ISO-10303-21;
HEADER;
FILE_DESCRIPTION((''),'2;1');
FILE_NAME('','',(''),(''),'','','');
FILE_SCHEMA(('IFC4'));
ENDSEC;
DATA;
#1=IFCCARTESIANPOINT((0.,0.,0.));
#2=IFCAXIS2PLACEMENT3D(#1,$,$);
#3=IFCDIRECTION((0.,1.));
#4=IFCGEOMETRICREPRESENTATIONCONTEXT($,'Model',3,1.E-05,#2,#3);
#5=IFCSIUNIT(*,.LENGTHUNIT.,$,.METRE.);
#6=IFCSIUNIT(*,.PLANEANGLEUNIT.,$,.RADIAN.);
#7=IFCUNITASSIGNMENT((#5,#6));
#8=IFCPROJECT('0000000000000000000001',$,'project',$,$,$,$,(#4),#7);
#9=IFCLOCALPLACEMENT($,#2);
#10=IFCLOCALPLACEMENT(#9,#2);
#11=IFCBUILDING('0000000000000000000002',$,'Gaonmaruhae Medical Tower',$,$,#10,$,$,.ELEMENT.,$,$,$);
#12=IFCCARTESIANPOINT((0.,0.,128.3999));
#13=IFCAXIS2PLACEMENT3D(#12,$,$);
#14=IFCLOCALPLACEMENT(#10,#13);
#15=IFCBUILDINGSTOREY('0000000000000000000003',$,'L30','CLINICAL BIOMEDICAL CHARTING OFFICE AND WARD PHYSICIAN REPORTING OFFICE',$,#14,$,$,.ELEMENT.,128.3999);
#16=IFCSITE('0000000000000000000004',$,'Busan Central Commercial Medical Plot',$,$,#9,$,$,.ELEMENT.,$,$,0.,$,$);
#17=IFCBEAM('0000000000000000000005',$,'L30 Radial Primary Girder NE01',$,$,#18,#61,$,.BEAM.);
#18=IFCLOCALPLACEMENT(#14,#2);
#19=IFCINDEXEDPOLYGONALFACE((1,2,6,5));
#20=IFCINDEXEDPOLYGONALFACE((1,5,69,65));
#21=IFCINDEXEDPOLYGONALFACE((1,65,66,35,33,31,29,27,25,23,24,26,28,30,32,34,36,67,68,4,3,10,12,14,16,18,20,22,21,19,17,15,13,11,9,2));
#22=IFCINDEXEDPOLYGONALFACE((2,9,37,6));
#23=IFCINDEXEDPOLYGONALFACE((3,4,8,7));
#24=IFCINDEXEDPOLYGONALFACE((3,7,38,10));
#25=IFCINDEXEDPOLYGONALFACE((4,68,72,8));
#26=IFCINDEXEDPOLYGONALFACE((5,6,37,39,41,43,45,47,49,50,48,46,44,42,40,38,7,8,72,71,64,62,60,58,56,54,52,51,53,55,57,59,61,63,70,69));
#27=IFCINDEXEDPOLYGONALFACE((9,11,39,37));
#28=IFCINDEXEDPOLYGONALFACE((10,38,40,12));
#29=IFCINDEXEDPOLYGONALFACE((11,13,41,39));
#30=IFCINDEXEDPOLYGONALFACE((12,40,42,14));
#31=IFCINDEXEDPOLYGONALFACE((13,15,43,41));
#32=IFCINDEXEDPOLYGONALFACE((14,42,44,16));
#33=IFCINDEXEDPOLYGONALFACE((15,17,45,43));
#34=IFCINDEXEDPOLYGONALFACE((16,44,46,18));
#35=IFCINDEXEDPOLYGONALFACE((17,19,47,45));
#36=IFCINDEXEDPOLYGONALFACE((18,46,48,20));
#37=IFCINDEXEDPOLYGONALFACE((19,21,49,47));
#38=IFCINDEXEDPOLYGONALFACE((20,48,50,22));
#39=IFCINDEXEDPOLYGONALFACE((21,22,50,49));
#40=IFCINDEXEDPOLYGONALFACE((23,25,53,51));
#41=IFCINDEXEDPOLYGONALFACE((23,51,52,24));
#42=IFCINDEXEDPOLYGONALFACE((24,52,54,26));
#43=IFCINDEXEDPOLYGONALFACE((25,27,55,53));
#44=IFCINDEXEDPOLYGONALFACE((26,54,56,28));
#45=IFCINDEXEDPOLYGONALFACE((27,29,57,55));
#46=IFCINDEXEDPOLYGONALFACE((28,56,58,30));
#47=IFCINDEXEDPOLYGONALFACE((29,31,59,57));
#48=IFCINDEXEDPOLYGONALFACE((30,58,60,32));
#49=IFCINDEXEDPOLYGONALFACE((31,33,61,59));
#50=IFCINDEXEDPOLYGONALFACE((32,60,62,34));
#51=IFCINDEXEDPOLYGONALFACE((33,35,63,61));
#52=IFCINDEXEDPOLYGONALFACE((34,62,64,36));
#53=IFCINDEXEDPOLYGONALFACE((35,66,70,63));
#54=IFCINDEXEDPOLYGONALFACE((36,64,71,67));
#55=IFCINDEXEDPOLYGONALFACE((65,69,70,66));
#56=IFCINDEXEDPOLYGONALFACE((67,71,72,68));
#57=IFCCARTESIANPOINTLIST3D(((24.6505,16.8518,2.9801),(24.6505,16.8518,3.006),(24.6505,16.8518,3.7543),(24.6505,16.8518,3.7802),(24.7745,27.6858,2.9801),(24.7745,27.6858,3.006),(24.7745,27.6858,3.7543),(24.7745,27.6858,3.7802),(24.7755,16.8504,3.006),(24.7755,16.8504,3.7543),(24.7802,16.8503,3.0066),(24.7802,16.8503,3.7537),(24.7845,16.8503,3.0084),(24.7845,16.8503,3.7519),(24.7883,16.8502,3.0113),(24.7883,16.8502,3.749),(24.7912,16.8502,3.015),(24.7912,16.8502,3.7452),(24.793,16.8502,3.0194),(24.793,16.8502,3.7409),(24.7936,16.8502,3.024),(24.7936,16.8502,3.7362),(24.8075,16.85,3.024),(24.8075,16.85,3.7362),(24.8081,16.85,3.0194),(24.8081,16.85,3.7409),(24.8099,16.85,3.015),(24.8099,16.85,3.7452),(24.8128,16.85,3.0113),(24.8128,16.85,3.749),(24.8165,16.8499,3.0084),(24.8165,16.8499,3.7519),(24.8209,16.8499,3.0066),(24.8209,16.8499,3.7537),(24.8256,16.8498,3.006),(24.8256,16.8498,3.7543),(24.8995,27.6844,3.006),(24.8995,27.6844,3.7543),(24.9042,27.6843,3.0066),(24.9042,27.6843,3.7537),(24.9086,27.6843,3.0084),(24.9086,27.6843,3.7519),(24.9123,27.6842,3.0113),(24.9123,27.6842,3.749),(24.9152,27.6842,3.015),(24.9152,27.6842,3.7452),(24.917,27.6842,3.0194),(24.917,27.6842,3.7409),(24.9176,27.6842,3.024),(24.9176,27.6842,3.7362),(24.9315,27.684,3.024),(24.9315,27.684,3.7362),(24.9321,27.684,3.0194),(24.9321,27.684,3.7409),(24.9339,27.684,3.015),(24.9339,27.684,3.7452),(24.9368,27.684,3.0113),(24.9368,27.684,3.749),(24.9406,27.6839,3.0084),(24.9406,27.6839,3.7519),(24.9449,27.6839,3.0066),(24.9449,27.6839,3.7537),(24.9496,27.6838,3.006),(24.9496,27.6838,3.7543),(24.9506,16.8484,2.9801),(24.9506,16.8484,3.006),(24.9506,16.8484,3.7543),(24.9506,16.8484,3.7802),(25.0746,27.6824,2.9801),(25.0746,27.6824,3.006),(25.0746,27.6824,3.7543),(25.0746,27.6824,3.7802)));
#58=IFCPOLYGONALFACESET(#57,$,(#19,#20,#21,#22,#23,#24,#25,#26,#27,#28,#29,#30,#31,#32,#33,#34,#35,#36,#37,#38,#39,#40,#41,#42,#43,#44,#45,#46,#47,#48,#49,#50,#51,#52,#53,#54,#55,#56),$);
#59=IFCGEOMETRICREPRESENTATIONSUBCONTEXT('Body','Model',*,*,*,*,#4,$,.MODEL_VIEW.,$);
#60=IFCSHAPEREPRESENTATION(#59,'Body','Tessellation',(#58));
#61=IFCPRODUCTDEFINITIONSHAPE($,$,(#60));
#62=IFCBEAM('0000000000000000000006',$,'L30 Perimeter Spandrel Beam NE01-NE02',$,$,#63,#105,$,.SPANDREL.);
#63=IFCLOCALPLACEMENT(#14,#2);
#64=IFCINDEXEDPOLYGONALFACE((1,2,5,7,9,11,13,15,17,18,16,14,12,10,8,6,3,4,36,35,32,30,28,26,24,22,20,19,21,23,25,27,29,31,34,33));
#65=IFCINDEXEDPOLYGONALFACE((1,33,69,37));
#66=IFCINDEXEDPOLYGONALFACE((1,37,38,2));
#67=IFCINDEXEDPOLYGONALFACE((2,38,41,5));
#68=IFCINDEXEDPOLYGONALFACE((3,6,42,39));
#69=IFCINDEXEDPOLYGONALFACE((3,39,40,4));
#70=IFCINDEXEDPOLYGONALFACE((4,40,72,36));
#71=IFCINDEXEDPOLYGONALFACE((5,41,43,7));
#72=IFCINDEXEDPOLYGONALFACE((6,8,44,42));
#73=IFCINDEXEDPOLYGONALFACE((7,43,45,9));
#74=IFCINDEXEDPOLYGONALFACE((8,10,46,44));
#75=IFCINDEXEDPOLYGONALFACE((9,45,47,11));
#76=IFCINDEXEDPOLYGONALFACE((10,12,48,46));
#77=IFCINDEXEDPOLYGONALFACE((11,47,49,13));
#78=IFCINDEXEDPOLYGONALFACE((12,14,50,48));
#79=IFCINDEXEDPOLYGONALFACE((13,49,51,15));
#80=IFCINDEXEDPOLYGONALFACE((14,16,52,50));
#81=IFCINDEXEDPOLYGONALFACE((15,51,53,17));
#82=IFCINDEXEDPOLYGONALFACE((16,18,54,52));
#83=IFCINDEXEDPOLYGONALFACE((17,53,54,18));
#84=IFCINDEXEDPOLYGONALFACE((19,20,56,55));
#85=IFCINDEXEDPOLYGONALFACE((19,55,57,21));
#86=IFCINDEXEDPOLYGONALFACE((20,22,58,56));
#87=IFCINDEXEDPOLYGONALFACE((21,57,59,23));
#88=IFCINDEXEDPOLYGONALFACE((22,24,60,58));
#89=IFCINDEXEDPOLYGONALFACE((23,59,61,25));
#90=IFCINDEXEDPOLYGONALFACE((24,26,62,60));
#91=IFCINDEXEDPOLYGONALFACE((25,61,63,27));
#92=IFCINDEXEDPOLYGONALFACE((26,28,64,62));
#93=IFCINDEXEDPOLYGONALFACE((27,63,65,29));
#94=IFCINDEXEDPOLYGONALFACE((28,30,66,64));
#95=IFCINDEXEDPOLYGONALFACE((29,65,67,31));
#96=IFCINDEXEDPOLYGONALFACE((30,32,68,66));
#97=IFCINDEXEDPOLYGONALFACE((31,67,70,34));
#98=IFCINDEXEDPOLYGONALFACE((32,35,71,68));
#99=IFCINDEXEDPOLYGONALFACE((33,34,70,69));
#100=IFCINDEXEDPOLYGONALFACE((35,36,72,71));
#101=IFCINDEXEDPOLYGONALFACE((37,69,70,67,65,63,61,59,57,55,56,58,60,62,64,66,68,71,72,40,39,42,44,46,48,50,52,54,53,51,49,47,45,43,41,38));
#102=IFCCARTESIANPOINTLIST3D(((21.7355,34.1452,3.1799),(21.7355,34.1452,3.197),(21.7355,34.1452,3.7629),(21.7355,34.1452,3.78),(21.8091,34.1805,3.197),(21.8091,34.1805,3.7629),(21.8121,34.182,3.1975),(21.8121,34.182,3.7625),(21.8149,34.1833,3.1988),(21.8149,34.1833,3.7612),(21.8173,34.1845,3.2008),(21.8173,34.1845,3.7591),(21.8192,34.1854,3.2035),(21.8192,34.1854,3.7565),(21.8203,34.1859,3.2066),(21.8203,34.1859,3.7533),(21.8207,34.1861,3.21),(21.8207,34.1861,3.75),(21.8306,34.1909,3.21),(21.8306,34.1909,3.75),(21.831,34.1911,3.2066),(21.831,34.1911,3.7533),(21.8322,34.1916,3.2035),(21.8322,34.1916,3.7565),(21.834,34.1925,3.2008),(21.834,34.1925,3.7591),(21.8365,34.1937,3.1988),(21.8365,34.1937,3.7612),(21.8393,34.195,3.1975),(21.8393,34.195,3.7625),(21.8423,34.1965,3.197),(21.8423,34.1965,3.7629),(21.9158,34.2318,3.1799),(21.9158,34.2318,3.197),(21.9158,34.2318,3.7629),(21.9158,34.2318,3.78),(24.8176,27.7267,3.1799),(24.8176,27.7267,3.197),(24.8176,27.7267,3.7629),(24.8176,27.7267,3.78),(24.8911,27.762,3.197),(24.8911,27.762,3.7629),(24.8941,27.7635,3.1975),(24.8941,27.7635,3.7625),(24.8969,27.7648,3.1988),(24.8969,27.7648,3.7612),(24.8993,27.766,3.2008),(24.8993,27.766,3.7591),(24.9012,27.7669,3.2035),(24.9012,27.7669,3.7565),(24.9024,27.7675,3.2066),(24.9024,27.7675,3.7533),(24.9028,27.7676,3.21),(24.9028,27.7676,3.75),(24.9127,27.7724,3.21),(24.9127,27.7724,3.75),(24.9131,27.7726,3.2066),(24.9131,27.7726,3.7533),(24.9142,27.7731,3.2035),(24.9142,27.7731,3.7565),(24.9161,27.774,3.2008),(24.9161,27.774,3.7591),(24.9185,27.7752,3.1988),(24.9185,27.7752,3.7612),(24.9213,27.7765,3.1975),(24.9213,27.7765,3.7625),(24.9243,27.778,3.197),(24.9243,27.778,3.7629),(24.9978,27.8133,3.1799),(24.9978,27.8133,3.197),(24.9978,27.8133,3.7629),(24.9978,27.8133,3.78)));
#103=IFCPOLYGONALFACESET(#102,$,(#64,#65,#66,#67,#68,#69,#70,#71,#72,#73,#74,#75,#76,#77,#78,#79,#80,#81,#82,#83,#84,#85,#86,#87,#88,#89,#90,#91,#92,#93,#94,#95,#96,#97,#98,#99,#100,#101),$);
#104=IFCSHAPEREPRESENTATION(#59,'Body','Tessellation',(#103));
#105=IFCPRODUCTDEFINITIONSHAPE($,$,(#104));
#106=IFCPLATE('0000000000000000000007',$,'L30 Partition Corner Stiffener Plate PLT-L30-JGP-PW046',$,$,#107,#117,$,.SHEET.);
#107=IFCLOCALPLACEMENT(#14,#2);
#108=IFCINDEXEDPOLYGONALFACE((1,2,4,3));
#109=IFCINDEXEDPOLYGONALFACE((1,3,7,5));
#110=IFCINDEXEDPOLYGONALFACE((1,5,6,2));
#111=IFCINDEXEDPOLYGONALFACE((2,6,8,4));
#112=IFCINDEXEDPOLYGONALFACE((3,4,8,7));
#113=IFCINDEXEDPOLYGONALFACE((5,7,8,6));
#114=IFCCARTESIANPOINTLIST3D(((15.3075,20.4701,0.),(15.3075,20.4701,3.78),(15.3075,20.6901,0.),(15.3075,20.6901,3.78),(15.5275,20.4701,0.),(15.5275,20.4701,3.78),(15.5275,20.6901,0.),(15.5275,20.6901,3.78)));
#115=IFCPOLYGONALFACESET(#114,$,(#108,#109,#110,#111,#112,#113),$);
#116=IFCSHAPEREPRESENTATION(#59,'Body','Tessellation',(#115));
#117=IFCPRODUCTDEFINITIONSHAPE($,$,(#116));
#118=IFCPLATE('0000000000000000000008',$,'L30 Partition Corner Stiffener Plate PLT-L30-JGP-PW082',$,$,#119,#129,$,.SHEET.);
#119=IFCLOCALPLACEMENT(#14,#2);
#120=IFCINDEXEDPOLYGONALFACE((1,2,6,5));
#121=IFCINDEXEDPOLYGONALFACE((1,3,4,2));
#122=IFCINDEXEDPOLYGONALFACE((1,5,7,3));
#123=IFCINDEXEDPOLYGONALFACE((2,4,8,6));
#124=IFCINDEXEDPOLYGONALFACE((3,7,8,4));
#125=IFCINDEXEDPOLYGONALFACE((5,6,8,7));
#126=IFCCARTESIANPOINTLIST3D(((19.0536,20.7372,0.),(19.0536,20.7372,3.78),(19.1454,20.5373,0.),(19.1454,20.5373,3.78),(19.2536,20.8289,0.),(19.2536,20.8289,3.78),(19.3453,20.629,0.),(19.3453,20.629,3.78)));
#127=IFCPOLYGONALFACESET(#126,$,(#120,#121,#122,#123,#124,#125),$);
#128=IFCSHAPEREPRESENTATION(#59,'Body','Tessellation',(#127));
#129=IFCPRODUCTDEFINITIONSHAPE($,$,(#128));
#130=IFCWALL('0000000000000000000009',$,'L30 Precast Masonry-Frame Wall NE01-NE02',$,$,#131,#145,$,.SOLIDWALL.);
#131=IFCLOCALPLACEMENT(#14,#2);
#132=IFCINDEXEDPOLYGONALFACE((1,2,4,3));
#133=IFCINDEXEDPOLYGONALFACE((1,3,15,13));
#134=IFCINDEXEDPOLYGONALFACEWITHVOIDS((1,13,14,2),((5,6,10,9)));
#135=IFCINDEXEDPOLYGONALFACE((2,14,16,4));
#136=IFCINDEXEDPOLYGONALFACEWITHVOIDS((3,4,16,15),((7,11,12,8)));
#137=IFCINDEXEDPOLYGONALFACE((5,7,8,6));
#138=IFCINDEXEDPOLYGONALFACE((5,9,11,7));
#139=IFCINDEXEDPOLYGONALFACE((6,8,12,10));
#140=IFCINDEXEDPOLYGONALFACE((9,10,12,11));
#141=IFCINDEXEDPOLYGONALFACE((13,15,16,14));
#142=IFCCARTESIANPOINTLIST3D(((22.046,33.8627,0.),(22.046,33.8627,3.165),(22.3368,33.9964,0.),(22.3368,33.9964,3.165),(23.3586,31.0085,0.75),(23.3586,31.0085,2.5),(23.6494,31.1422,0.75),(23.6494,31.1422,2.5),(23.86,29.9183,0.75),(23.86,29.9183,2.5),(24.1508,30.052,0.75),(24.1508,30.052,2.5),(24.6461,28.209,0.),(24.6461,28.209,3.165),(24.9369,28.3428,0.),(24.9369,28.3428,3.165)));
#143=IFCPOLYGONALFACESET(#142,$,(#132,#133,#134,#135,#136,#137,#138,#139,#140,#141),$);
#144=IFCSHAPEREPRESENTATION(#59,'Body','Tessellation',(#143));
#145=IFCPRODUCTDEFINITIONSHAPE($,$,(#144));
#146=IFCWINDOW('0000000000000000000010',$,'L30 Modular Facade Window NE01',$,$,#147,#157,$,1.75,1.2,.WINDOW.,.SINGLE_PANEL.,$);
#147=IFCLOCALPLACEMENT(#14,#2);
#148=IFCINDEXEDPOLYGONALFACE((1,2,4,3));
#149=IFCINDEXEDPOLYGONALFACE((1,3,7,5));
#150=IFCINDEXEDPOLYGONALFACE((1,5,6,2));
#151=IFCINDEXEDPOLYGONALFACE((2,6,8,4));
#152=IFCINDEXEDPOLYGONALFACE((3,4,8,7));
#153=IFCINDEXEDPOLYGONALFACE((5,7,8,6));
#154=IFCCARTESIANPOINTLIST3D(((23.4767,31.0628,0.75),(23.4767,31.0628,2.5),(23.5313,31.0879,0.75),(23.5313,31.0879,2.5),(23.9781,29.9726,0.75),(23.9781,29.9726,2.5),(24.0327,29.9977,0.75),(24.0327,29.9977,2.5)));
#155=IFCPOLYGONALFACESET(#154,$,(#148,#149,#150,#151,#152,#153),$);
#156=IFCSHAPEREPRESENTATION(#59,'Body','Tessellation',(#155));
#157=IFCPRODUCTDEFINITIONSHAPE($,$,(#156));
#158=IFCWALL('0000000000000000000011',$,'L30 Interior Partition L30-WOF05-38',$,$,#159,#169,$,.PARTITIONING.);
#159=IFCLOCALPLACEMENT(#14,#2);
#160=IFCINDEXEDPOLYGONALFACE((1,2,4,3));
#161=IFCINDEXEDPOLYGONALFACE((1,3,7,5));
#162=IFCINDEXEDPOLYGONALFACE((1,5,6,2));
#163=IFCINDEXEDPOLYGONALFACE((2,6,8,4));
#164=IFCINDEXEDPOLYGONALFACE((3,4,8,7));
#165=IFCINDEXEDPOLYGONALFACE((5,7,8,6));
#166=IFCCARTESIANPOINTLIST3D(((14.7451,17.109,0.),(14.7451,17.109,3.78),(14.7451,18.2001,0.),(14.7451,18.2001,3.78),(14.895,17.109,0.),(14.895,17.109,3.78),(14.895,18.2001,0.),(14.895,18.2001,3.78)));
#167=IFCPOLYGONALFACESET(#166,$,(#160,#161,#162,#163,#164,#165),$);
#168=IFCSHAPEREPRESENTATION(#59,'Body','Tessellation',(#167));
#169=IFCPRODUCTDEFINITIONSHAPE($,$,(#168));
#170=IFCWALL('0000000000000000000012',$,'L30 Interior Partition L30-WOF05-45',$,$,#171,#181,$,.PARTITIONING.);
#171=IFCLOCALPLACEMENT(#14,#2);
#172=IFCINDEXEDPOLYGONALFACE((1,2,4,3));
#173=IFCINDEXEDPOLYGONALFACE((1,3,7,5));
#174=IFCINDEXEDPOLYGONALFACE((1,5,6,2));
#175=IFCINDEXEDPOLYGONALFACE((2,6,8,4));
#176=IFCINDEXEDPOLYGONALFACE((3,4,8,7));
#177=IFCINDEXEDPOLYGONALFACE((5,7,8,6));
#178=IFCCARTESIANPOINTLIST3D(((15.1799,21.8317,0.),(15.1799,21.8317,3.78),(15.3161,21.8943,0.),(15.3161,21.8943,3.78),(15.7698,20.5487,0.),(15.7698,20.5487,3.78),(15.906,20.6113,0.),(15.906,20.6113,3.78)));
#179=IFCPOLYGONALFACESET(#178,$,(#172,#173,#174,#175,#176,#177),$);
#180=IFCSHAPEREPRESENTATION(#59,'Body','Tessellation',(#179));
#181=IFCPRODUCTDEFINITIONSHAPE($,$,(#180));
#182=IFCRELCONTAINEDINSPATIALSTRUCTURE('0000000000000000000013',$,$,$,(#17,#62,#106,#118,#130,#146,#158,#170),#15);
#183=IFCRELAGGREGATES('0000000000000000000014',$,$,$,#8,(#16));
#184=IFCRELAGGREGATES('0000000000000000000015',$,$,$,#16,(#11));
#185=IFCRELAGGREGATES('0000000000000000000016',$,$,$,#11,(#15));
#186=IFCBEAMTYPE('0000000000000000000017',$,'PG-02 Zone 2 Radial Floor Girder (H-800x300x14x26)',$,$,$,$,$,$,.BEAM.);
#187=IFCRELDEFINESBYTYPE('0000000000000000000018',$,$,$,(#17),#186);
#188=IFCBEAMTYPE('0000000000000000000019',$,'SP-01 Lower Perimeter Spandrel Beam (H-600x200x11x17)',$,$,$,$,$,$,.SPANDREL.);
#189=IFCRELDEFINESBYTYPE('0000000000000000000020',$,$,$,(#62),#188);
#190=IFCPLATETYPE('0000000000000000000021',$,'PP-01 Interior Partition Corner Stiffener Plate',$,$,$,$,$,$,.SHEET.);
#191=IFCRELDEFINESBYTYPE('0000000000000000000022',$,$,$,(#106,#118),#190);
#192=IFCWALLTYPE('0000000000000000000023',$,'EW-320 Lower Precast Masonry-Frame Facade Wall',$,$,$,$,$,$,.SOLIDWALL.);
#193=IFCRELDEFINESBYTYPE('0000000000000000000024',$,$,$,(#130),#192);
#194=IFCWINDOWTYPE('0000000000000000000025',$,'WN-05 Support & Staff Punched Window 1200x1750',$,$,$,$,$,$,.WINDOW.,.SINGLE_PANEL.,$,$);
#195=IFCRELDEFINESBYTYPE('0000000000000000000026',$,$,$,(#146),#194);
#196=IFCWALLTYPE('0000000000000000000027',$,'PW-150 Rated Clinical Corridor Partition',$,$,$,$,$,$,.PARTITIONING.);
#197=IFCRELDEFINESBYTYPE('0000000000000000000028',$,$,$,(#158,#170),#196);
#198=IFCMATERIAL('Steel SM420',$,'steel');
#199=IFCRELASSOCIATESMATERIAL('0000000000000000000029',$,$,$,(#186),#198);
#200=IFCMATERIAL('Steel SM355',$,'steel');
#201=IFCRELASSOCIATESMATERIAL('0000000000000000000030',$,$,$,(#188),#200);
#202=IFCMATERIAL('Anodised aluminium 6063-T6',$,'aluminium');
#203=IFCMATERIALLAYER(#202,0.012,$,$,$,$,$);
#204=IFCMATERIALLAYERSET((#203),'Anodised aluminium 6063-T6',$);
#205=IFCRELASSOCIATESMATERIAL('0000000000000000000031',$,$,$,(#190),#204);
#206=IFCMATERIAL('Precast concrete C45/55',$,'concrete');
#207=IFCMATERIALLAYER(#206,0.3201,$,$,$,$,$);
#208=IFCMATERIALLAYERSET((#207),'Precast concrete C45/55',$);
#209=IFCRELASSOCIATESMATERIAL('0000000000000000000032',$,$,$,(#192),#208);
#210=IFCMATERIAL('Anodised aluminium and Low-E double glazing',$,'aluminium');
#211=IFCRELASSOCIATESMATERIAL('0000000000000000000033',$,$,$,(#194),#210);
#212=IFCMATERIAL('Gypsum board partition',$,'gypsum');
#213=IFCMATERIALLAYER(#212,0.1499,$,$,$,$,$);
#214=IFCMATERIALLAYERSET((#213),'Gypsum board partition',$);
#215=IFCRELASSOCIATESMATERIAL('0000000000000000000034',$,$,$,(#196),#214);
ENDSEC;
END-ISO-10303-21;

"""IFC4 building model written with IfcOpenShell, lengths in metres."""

from ifc_helpers import new_model, si_unit, direction, frame, frame_2d, origin, origin_2d, place, context, subcontext, project, spatial, rectangle, i_section, extrude, material, layer, layer_set, material_profile, profile_set, type_object, element, fill, save


model = new_model("IFC4")

# Units and contexts
model_context = context("Model", 3, precision=1e-05, world=origin(), true_north=direction((0.0, 1.0)))
body_context = subcontext(model_context, "Body", "Model", "MODEL_VIEW")
ifc_project = project(units=[si_unit("LENGTHUNIT", "METRE"), si_unit("PLANEANGLEUNIT", "RADIAN")], contexts=[model_context])

# Site, building, storey
site_placement = place(None, origin())
site = spatial("IfcSite", under=ifc_project, at=site_placement, Name="Busan Central Commercial Medical Plot", CompositionType="ELEMENT", RefElevation=0.0)
building_placement = place(site_placement, origin())
building = spatial("IfcBuilding", under=site, at=building_placement, Name="Gaonmaruhae Medical Tower", CompositionType="ELEMENT")
storey_placement = place(building_placement, frame((0.0, 0.0, 128.3999)))
storey = spatial("IfcBuildingStorey", under=building, at=storey_placement, Name="L30", Description="CLINICAL BIOMEDICAL CHARTING OFFICE AND WARD PHYSICIAN REPORTING OFFICE", CompositionType="ELEMENT", Elevation=128.3999)

# Beams
ifc_material_1 = material(Name="Steel SM355", Category="steel")
ifc_material_2 = material(Name="Steel SM420", Category="steel")
ifc_material_profile_1 = material_profile(ifc_material_2, i_section(OverallWidth=0.3, OverallDepth=0.8, WebThickness=0.0139, FlangeThickness=0.0259, FilletRadius=0.0181, at=origin_2d()), Name="H-800x300x14x26")
ifc_profile_set_1 = profile_set([ifc_material_profile_1], Name="Steel SM420")
beam_type_1 = type_object("IfcBeamType", Name="PG-02 Zone 2 Radial Floor Girder (H-800x300x14x26)", PredefinedType="BEAM", material=ifc_profile_set_1)
beam_1_placement = place(storey_placement, frame((24.8005, 16.8501, 3.3801), z_axis=(0.011447, 0.999934, 0.0), x_axis=(-0.999934, 0.011447, 0.0)))
element("IfcBeam", 1, at=beam_1_placement, inside=storey, type_object=beam_type_1, Name="L30 Radial Primary Girder NE01", PredefinedType="BEAM", context=body_context, shape_type="SweptSolid", body=[
    extrude(i_section(OverallWidth=0.3, OverallDepth=0.8, WebThickness=0.0139, FlangeThickness=0.0259, FilletRadius=0.0181, at=origin_2d()), origin(), (0.0, 0.0, 1.0), 10.8347),
])
ifc_material_profile_2 = material_profile(ifc_material_1, i_section(OverallWidth=0.2, OverallDepth=0.6001, WebThickness=0.011, FlangeThickness=0.0171, FilletRadius=0.0129, at=origin_2d()), Name="H-600x200x11x17")
ifc_profile_set_2 = profile_set([ifc_material_profile_2], Name="Steel SM355")
beam_type_2 = type_object("IfcBeamType", Name="SP-01 Lower Perimeter Spandrel Beam (H-600x200x11x17)", PredefinedType="SPANDREL", material=ifc_profile_set_2)
beam_2_placement = place(storey_placement, frame((24.9077, 27.77, 3.48), z_axis=(-0.432865, 0.901459, 0.0), x_axis=(-0.901459, -0.432865, 0.0)))
element("IfcBeam", 2, at=beam_2_placement, inside=storey, type_object=beam_type_2, Name="L30 Perimeter Spandrel Beam NE01-NE02", PredefinedType="SPANDREL", context=body_context, shape_type="SweptSolid", body=[
    extrude(i_section(OverallWidth=0.2, OverallDepth=0.6001, WebThickness=0.011, FlangeThickness=0.0171, FilletRadius=0.0129, at=origin_2d()), origin(), (0.0, 0.0, 1.0), 7.1201),
])

# Plates
ifc_material_3 = material(Name="Anodised aluminium 6063-T6", Category="aluminium")
ifc_layer_1 = layer(ifc_material_3, 0.012)
ifc_layer_set_1 = layer_set([ifc_layer_1], Name="Anodised aluminium 6063-T6")
plate_type = type_object("IfcPlateType", Name="PP-01 Interior Partition Corner Stiffener Plate", PredefinedType="SHEET", material=ifc_layer_set_1)
for number, where, z_axis, x_axis, name in (
    (3, (15.4175, 20.5801, 0.0), (0.0, 0.0, 1.0), (-1.0, 0.0, 0.0), "L30 Partition Corner Stiffener Plate PLT-L30-JGP-PW046"),
    (4, (19.1995, 20.6831, 0.0), (0.0, 0.0, 1.0), (-0.908902, -0.417011, 0.0), "L30 Partition Corner Stiffener Plate PLT-L30-JGP-PW082"),
):
    element("IfcPlate", number, at=place(storey_placement, frame(where, z_axis=z_axis, x_axis=x_axis)), inside=storey, type_object=plate_type, Name=name, PredefinedType="SHEET", context=body_context, shape_type="SweptSolid", body=[
        extrude(rectangle(XDim=0.22, YDim=0.22, at=origin_2d()), origin(), (0.0, 0.0, 1.0), 3.78),
    ])

# Wall, opening, window
ifc_material_4 = material(Name="Precast concrete C45/55", Category="concrete")
ifc_layer_2 = layer(ifc_material_4, 0.3201)
ifc_layer_set_2 = layer_set([ifc_layer_2], Name="Precast concrete C45/55")
wall_type_1 = type_object("IfcWallType", Name="EW-320 Lower Precast Masonry-Frame Facade Wall", PredefinedType="SOLIDWALL", material=ifc_layer_set_2)
wall_1_placement = place(storey_placement, frame((22.1914, 33.9294, 0.0), z_axis=(0.0, 0.0, 1.0), x_axis=(0.417834, -0.908524, 0.0)))
wall_1 = element("IfcWall", 5, at=wall_1_placement, inside=storey, type_object=wall_type_1, Name="L30 Precast Masonry-Frame Wall NE01-NE02", PredefinedType="SOLIDWALL", context=body_context, shape_type="SweptSolid", body=[
    extrude(rectangle(XDim=6.2229, YDim=0.3201, at=frame_2d((3.1113, 0.0))), origin(), (0.0, 0.0, 1.0), 3.165),
])
opening_1_placement = place(wall_1_placement, frame((3.1414, 0.0, 0.75)))
opening_1 = element("IfcOpeningElement", 6, at=opening_1_placement, cuts=wall_1, PredefinedType="OPENING", context=body_context, shape_type="SweptSolid", body=[
    extrude(rectangle(XDim=1.2, YDim=1.75, at=frame_2d((0.6001, 0.875))), frame((0.0, 0.1699, 0.0), z_axis=(0.0, -1.0, 0.0), x_axis=(1.0, 0.0, 0.0)), (0.0, 0.0, 1.0), 0.3401),
])
ifc_material_5 = material(Name="Anodised aluminium and Low-E double glazing", Category="aluminium")
window_type = type_object("IfcWindowType", Name="WN-05 Support & Staff Punched Window 1200x1750", PartitioningType="SINGLE_PANEL", PredefinedType="WINDOW", material=ifc_material_5)
window_placement = place(opening_1_placement, origin())
window = element("IfcWindow", 7, at=window_placement, inside=storey, type_object=window_type, Name="L30 Modular Facade Window NE01", OverallHeight=1.75, OverallWidth=1.2, PartitioningType="SINGLE_PANEL", PredefinedType="WINDOW", context=body_context, shape_type="SweptSolid", body=[
    extrude(rectangle(XDim=1.2, YDim=1.75, at=frame_2d((0.6001, 0.875))), frame((0.0, 0.03, 0.0), z_axis=(0.0, -1.0, 0.0), x_axis=(1.0, 0.0, 0.0)), (0.0, 0.0, 1.0), 0.0601),
])
fill(opening_1, window)

# Shared definitions
ifc_material_6 = material(Name="Gypsum board partition", Category="gypsum")
ifc_layer_3 = layer(ifc_material_6, 0.1499)
ifc_layer_set_3 = layer_set([ifc_layer_3], Name="Gypsum board partition")
wall_type_2 = type_object("IfcWallType", Name="PW-150 Rated Clinical Corridor Partition", PredefinedType="PARTITIONING", material=ifc_layer_set_3)

# Walls
wall_2_placement = place(storey_placement, frame((14.8201, 18.2, 0.0), z_axis=(0.0, 0.0, 1.0), x_axis=(0.0, -1.0, 0.0)))
element("IfcWall", 8, at=wall_2_placement, inside=storey, type_object=wall_type_2, Name="L30 Interior Partition L30-WOF05-38", PredefinedType="PARTITIONING", context=body_context, shape_type="SweptSolid", body=[
    extrude(rectangle(XDim=1.0911, YDim=0.1499, at=frame_2d((0.5454, 0.0))), origin(), (0.0, 0.0, 1.0), 3.78),
])
wall_3_placement = place(storey_placement, frame((15.248, 21.863, 0.0), z_axis=(0.0, 0.0, 1.0), x_axis=(0.41772, -0.908576, 0.0)))
element("IfcWall", 9, at=wall_3_placement, inside=storey, type_object=wall_type_2, Name="L30 Interior Partition L30-WOF05-45", PredefinedType="PARTITIONING", context=body_context, shape_type="SweptSolid", body=[
    extrude(rectangle(XDim=1.4121, YDim=0.1499, at=frame_2d((0.7061, 0.0))), origin(), (0.0, 0.0, 1.0), 3.78),
])

save(model, "model.ifc")
